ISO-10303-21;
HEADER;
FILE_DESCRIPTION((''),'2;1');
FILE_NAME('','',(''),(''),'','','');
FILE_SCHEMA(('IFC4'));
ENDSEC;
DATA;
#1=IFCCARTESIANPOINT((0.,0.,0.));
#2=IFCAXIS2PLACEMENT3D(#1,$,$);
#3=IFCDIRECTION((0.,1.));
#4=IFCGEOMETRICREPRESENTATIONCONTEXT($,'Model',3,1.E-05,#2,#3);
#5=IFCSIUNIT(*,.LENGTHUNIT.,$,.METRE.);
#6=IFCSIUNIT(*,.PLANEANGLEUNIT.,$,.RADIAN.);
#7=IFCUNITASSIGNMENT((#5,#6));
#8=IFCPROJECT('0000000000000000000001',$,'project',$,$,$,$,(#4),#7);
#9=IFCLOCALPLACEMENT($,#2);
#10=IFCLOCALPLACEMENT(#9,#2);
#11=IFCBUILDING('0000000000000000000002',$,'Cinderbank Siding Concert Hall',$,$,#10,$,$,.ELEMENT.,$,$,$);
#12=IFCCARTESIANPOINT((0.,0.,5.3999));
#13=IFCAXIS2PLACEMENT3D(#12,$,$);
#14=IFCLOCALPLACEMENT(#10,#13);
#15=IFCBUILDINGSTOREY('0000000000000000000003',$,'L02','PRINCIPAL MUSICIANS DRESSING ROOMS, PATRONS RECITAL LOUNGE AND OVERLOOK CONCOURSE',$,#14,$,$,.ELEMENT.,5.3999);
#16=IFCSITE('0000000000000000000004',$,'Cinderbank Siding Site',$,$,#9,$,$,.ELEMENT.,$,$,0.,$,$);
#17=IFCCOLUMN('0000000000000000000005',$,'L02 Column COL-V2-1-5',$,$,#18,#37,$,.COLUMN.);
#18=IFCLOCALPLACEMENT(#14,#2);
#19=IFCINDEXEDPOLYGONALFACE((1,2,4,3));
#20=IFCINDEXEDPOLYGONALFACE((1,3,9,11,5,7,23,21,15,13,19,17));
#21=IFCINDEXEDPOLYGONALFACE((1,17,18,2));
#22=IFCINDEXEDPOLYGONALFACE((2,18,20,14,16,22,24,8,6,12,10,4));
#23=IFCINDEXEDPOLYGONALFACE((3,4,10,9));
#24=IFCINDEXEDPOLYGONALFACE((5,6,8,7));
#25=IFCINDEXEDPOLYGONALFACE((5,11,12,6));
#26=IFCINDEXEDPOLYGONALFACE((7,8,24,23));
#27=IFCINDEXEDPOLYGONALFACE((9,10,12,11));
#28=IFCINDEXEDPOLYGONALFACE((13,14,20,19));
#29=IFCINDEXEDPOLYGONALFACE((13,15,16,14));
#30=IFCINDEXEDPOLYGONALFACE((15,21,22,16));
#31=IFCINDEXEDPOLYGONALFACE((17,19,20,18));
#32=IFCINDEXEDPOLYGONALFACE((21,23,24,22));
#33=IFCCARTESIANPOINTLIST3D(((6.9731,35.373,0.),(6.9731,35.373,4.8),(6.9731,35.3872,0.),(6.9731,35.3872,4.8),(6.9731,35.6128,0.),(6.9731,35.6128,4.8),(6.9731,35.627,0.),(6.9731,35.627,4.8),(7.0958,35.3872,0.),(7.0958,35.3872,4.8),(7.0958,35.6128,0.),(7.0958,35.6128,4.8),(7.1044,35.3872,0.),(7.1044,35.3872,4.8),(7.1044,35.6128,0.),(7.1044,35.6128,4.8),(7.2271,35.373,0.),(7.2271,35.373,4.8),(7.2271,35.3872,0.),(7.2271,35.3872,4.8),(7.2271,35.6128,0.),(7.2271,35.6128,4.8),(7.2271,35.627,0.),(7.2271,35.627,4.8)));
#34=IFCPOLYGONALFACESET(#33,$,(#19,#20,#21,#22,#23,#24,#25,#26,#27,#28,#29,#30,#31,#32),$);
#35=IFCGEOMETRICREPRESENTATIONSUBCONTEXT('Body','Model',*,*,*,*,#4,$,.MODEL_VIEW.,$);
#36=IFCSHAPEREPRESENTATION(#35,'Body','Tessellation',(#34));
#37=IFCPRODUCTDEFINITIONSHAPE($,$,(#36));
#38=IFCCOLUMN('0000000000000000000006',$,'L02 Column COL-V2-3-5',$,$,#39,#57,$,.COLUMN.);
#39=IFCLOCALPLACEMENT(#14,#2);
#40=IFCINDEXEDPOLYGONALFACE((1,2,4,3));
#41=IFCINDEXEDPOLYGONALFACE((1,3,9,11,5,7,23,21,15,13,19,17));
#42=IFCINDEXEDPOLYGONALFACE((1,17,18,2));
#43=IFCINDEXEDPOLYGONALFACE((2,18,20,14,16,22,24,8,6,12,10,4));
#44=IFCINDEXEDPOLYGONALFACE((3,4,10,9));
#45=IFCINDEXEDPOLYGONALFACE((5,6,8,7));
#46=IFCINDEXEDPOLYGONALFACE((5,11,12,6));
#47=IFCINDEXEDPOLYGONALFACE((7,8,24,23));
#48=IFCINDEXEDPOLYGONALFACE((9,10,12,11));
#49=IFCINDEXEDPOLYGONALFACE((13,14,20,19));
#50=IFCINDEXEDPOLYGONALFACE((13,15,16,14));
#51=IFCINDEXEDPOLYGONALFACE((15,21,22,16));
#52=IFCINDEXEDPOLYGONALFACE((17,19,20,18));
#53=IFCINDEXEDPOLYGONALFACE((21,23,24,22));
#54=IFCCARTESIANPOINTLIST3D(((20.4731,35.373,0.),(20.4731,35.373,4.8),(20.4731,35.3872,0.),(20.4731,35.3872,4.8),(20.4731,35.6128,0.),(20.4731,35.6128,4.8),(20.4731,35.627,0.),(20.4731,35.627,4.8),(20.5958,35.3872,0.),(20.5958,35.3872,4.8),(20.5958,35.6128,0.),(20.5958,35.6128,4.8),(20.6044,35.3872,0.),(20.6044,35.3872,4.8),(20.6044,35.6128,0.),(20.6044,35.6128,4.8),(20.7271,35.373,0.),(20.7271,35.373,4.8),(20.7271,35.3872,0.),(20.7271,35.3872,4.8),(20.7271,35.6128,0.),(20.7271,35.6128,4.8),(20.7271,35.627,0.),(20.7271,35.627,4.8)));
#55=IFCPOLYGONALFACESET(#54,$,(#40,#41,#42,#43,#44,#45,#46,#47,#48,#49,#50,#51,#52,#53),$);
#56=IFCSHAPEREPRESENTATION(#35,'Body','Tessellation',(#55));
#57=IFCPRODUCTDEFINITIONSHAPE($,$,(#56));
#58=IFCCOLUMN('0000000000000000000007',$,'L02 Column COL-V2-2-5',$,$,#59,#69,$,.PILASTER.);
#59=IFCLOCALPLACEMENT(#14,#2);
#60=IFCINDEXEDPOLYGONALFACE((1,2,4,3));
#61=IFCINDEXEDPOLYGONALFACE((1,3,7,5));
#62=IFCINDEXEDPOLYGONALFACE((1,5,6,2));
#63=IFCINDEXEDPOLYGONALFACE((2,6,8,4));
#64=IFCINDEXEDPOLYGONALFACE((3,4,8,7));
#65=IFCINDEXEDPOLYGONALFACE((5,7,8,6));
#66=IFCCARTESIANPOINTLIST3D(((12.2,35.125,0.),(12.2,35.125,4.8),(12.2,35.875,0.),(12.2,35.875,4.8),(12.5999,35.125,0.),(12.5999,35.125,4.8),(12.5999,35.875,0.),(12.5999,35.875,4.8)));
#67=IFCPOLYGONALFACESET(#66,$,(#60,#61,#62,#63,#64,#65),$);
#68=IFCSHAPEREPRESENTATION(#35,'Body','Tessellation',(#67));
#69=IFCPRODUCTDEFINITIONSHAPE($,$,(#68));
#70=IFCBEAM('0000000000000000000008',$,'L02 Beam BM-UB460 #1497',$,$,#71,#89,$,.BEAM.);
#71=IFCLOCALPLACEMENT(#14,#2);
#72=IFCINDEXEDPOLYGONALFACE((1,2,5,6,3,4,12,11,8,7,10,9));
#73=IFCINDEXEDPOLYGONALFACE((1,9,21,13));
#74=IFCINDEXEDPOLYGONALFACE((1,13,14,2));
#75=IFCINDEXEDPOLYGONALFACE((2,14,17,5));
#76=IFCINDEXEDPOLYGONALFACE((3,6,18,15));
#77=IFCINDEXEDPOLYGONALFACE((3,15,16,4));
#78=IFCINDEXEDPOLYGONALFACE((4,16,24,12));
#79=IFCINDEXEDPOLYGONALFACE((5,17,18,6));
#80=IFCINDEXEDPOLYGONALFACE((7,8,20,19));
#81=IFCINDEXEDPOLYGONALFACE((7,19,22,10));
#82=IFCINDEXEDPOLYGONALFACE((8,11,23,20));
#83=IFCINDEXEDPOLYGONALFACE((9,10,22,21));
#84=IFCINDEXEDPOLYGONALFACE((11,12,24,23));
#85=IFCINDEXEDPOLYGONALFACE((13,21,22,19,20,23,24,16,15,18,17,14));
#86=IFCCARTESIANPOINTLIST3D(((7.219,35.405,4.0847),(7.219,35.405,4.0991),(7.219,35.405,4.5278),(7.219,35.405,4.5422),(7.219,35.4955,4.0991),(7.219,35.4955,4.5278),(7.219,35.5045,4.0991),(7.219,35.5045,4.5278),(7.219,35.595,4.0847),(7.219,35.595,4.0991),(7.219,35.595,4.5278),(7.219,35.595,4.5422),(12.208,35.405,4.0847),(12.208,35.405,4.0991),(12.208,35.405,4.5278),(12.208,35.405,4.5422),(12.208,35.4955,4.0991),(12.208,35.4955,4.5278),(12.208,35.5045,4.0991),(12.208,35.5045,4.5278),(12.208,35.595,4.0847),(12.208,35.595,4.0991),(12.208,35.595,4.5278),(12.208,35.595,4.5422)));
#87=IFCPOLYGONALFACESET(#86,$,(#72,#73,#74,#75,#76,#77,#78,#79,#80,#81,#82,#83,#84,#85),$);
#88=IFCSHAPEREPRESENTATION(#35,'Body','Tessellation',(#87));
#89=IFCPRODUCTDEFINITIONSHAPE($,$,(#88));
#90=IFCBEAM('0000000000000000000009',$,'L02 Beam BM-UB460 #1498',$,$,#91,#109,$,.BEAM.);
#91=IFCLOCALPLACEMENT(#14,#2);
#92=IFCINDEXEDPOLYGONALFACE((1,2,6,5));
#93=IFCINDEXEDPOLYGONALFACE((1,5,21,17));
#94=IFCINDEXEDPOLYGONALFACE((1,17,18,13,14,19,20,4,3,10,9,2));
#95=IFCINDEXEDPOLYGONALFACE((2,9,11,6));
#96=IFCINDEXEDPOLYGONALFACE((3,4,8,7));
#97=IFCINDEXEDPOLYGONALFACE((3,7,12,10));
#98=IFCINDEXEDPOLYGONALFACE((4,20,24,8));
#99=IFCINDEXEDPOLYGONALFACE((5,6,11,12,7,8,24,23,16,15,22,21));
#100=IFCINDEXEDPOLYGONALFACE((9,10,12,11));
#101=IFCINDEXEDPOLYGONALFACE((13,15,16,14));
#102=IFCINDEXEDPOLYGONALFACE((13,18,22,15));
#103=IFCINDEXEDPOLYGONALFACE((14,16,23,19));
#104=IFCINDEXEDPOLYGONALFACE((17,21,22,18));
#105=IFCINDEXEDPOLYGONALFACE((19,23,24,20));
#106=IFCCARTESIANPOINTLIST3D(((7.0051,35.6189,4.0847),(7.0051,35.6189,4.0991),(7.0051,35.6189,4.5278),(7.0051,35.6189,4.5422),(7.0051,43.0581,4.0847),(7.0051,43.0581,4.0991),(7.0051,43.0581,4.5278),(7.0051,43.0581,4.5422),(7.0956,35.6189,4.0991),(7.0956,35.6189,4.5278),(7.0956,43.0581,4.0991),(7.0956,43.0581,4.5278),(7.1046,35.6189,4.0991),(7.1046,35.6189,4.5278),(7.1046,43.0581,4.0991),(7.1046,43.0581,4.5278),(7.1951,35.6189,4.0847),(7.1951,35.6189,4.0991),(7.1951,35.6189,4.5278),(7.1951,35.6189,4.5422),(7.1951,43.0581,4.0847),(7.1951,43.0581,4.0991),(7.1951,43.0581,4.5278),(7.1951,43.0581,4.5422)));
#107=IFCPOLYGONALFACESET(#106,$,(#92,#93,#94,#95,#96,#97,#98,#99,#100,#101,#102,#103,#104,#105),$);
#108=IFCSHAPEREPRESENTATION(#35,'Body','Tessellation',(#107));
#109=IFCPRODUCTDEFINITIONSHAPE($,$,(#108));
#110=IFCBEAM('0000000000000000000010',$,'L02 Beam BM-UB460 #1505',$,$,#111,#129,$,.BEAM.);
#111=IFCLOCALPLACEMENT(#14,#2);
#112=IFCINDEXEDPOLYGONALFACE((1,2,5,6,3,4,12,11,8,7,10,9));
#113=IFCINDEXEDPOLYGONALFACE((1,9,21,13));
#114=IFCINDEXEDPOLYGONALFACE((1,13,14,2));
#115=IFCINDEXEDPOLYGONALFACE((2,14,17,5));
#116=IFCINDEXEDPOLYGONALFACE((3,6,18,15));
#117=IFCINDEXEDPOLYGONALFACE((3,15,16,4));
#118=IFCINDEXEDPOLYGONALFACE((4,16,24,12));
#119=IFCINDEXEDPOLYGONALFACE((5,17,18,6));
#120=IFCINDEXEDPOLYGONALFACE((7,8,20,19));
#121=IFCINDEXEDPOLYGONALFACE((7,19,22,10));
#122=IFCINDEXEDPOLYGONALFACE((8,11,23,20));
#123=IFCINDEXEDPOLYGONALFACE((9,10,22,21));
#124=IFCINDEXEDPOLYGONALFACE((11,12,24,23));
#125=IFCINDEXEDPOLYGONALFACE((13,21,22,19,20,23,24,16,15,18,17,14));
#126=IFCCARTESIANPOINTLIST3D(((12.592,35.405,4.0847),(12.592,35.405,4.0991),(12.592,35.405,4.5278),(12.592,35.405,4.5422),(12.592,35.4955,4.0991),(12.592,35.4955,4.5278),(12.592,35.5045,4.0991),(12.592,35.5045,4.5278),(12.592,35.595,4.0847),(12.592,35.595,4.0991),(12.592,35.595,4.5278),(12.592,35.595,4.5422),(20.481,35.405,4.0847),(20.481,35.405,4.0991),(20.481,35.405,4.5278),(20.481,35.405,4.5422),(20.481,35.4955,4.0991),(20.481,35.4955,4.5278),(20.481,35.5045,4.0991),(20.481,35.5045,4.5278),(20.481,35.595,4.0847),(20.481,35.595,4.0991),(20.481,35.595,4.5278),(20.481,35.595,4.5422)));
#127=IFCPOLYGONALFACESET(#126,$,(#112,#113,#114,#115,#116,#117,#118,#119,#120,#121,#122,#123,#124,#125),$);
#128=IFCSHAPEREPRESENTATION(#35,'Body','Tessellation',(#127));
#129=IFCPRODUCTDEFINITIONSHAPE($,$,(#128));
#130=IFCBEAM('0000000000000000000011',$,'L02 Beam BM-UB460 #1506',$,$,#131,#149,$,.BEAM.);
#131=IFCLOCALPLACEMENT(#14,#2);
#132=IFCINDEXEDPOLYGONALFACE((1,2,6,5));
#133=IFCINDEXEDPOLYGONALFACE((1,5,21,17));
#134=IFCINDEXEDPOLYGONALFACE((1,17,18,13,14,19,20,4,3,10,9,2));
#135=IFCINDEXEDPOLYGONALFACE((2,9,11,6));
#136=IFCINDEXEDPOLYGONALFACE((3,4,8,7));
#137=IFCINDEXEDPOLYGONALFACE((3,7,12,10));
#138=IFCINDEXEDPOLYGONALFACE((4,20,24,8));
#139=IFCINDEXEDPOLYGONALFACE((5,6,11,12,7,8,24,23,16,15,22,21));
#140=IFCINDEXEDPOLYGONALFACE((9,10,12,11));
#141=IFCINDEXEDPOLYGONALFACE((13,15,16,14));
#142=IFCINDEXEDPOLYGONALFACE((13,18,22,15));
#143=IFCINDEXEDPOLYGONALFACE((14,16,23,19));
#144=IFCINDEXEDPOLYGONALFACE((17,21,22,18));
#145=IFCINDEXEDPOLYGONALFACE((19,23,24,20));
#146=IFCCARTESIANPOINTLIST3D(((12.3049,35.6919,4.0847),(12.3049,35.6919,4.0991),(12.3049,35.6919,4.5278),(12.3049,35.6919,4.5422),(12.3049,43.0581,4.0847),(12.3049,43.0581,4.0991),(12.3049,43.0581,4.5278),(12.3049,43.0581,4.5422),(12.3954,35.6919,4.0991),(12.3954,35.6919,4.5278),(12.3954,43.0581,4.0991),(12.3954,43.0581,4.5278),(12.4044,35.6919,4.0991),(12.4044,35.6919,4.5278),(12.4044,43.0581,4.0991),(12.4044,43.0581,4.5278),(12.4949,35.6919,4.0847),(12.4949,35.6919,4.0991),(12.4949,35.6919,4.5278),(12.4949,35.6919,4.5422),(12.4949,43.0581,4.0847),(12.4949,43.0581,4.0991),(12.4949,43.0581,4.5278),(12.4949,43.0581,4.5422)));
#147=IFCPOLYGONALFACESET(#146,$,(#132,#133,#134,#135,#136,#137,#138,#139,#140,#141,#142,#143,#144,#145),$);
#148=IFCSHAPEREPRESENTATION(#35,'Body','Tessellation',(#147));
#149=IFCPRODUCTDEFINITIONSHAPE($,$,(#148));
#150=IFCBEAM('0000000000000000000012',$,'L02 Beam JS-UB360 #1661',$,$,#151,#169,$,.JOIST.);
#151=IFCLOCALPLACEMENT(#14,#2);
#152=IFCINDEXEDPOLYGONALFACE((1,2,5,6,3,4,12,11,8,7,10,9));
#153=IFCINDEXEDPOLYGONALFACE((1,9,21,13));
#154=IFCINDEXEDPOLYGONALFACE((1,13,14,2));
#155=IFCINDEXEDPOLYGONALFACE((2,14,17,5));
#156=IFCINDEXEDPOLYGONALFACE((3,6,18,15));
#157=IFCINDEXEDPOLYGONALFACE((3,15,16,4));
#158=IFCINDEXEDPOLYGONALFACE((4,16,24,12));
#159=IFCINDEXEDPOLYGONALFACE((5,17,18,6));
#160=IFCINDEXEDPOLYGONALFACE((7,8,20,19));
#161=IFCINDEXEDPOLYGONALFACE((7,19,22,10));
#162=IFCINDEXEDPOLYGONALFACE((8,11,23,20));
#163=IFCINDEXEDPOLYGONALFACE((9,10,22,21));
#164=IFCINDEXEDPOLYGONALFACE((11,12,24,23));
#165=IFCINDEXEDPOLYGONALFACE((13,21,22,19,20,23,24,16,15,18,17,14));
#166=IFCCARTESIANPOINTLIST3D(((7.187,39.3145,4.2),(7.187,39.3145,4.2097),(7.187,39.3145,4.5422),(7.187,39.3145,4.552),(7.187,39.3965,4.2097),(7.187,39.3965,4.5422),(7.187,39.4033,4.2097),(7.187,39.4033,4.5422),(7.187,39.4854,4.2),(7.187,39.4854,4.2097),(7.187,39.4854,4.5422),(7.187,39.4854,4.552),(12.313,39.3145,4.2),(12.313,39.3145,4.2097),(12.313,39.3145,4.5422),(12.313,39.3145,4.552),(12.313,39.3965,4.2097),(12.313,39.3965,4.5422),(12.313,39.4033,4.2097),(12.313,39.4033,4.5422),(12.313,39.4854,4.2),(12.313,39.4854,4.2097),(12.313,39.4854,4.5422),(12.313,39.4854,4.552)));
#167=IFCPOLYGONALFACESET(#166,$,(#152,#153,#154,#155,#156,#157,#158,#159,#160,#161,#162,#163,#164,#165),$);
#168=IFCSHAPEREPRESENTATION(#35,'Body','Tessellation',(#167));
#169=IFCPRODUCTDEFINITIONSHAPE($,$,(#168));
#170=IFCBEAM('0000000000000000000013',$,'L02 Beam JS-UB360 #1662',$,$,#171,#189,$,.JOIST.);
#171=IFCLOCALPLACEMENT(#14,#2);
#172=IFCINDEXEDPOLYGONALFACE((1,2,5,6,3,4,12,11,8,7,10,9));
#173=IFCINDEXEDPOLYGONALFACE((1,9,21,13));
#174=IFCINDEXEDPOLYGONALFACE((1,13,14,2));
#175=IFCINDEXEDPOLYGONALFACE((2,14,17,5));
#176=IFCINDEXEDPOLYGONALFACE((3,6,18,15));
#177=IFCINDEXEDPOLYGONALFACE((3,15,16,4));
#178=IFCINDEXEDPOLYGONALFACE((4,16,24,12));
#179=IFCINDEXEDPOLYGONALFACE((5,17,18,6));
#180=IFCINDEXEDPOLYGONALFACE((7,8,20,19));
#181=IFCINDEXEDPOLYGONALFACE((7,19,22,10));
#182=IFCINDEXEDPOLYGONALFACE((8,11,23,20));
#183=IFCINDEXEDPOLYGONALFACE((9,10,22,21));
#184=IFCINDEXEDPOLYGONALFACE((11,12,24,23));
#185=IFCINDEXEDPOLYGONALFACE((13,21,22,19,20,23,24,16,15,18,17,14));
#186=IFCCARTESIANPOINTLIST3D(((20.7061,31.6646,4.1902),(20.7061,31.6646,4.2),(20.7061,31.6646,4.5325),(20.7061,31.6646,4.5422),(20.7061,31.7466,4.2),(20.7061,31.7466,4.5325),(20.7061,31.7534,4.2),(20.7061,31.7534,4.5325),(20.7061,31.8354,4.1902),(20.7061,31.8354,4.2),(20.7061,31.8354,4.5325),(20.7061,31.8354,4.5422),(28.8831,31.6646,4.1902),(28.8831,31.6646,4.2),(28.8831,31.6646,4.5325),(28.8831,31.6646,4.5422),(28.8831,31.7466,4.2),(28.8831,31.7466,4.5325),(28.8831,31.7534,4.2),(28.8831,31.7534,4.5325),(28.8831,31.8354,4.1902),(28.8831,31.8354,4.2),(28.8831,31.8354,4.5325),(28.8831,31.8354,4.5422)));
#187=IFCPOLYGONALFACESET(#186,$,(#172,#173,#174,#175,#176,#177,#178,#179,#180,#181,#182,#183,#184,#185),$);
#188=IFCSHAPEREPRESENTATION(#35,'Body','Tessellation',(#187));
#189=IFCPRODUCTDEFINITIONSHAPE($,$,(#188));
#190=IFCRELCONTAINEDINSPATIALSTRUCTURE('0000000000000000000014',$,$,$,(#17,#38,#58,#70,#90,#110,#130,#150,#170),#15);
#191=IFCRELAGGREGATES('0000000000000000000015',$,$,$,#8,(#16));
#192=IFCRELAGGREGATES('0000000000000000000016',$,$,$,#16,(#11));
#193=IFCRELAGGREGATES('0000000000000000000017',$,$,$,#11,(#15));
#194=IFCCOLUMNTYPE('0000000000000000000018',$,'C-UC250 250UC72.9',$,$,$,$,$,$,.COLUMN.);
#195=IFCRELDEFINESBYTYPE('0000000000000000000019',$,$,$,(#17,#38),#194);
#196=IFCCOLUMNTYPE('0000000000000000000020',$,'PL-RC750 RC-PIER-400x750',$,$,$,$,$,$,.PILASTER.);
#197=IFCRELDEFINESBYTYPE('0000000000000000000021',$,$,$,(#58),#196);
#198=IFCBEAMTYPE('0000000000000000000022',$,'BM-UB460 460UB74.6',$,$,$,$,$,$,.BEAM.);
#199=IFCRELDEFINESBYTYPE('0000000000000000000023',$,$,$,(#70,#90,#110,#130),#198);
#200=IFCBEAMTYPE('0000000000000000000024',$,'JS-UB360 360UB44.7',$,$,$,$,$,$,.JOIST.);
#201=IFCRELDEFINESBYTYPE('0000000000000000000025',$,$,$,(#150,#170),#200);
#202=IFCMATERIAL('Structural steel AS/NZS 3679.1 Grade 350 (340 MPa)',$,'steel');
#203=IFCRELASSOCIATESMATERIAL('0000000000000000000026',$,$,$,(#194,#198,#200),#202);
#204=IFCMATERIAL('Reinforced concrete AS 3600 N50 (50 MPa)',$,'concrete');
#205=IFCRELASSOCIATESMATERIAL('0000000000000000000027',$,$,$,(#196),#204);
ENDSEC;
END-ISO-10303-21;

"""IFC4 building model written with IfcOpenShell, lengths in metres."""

from ifc_helpers import new_model, si_unit, direction, frame, origin, origin_2d, place, context, subcontext, project, spatial, rectangle, i_section, extrude, material, material_profile, profile_set, type_object, element, save


model = new_model("IFC4")

# Units and contexts
model_context = context("Model", 3, precision=1e-05, world=origin(), true_north=direction((0.0, 1.0)))
body_context = subcontext(model_context, "Body", "Model", "MODEL_VIEW")
ifc_project = project(units=[si_unit("LENGTHUNIT", "METRE"), si_unit("PLANEANGLEUNIT", "RADIAN")], contexts=[model_context])

# Site, building, storey
site_placement = place(None, origin())
site = spatial("IfcSite", under=ifc_project, at=site_placement, Name="Cinderbank Siding Site", CompositionType="ELEMENT", RefElevation=0.0)
building_placement = place(site_placement, origin())
building = spatial("IfcBuilding", under=site, at=building_placement, Name="Cinderbank Siding Concert Hall", CompositionType="ELEMENT")
storey_placement = place(building_placement, frame((0.0, 0.0, 5.3999)))
storey = spatial("IfcBuildingStorey", under=building, at=storey_placement, Name="L02", Description="PRINCIPAL MUSICIANS DRESSING ROOMS, PATRONS RECITAL LOUNGE AND OVERLOOK CONCOURSE", CompositionType="ELEMENT", Elevation=5.3999)

# Columns
ifc_material_1 = material(Name="Structural steel AS/NZS 3679.1 Grade 350 (340 MPa)", Category="steel")
ifc_material_profile_1 = material_profile(ifc_material_1, i_section(OverallWidth=0.2539, OverallDepth=0.2539, WebThickness=0.0085, FlangeThickness=0.0142, at=origin_2d()), Name="250UC72.9", Category="LoadBearing")
ifc_profile_set_1 = profile_set([ifc_material_profile_1], Name="Structural steel AS/NZS 3679.1 Grade 350 (340 MPa)")
column_type_1 = type_object("IfcColumnType", Name="C-UC250 250UC72.9", PredefinedType="COLUMN", material=ifc_profile_set_1)
for number, where, z_axis, x_axis, name in (
    (1, (7.1001, 35.5, 0.0), (0.0, 0.0, 1.0), (1.0, 0.0, 0.0), "L02 Column COL-V2-1-5"),
    (2, (20.6001, 35.5, 0.0), (0.0, 0.0, 1.0), (1.0, 0.0, 0.0), "L02 Column COL-V2-3-5"),
):
    element("IfcColumn", number, at=place(storey_placement, frame(where, z_axis=z_axis, x_axis=x_axis)), inside=storey, type_object=column_type_1, Name=name, PredefinedType="COLUMN", context=body_context, shape_type="SweptSolid", body=[
        extrude(i_section(OverallWidth=0.2539, OverallDepth=0.2539, WebThickness=0.0085, FlangeThickness=0.0142, at=origin_2d()), origin(), (0.0, 0.0, 1.0), 4.8),
    ])
ifc_material_2 = material(Name="Reinforced concrete AS 3600 N50 (50 MPa)", Category="concrete")
ifc_material_profile_2 = material_profile(ifc_material_2, rectangle(XDim=0.3999, YDim=0.75, at=origin_2d()), Name="RC-PIER-400x750", Category="LoadBearing")
ifc_profile_set_2 = profile_set([ifc_material_profile_2], Name="Reinforced concrete AS 3600 N50 (50 MPa)")
column_type_2 = type_object("IfcColumnType", Name="PL-RC750 RC-PIER-400x750", PredefinedType="PILASTER", material=ifc_profile_set_2)
column_placement = place(storey_placement, frame((12.3999, 35.5, 0.0), z_axis=(0.0, 0.0, 1.0), x_axis=(1.0, 0.0, 0.0)))
element("IfcColumn", 3, at=column_placement, inside=storey, type_object=column_type_2, Name="L02 Column COL-V2-2-5", PredefinedType="PILASTER", context=body_context, shape_type="SweptSolid", body=[
    extrude(rectangle(XDim=0.3999, YDim=0.75, at=origin_2d()), origin(), (0.0, 0.0, 1.0), 4.8),
])

# Beams
ifc_material_profile_3 = material_profile(ifc_material_1, i_section(OverallWidth=0.1899, OverallDepth=0.4575, WebThickness=0.009, FlangeThickness=0.0144, at=origin_2d()), Name="460UB74.6", Category="LoadBearing")
ifc_profile_set_3 = profile_set([ifc_material_profile_3], Name="Structural steel AS/NZS 3679.1 Grade 350 (340 MPa)")
beam_type_1 = type_object("IfcBeamType", Name="BM-UB460 460UB74.6", PredefinedType="BEAM", material=ifc_profile_set_3)
beam_1_placement = place(storey_placement, frame((7.219, 35.5, 4.3135), z_axis=(1.0, 0.0, 0.0), x_axis=(0.0, 1.0, 0.0)))
element("IfcBeam", 4, at=beam_1_placement, inside=storey, type_object=beam_type_1, Name="L02 Beam BM-UB460 #1497", PredefinedType="BEAM", context=body_context, shape_type="SweptSolid", body=[
    extrude(i_section(OverallWidth=0.1899, OverallDepth=0.4575, WebThickness=0.009, FlangeThickness=0.0144, at=origin_2d()), origin(), (0.0, 0.0, 1.0), 4.989),
])
beam_2_placement = place(storey_placement, frame((7.1001, 35.6189, 4.3135), z_axis=(0.0, 1.0, 0.0), x_axis=(-1.0, 0.0, 0.0)))
element("IfcBeam", 5, at=beam_2_placement, inside=storey, type_object=beam_type_1, Name="L02 Beam BM-UB460 #1498", PredefinedType="BEAM", context=body_context, shape_type="SweptSolid", body=[
    extrude(i_section(OverallWidth=0.1899, OverallDepth=0.4575, WebThickness=0.009, FlangeThickness=0.0144, at=origin_2d()), origin(), (0.0, 0.0, 1.0), 7.4392),
])
beam_3_placement = place(storey_placement, frame((12.592, 35.5, 4.3135), z_axis=(1.0, 0.0, 0.0), x_axis=(0.0, 1.0, 0.0)))
element("IfcBeam", 6, at=beam_3_placement, inside=storey, type_object=beam_type_1, Name="L02 Beam BM-UB460 #1505", PredefinedType="BEAM", context=body_context, shape_type="SweptSolid", body=[
    extrude(i_section(OverallWidth=0.1899, OverallDepth=0.4575, WebThickness=0.009, FlangeThickness=0.0144, at=origin_2d()), origin(), (0.0, 0.0, 1.0), 7.8889),
])
beam_4_placement = place(storey_placement, frame((12.3999, 35.6919, 4.3135), z_axis=(0.0, 1.0, 0.0), x_axis=(-1.0, 0.0, 0.0)))
element("IfcBeam", 7, at=beam_4_placement, inside=storey, type_object=beam_type_1, Name="L02 Beam BM-UB460 #1506", PredefinedType="BEAM", context=body_context, shape_type="SweptSolid", body=[
    extrude(i_section(OverallWidth=0.1899, OverallDepth=0.4575, WebThickness=0.009, FlangeThickness=0.0144, at=origin_2d()), origin(), (0.0, 0.0, 1.0), 7.3662),
])
ifc_material_profile_4 = material_profile(ifc_material_1, i_section(OverallWidth=0.1709, OverallDepth=0.3521, WebThickness=0.0068, FlangeThickness=0.0098, at=origin_2d()), Name="360UB44.7", Category="LoadBearing")
ifc_profile_set_4 = profile_set([ifc_material_profile_4], Name="Structural steel AS/NZS 3679.1 Grade 350 (340 MPa)")
beam_type_2 = type_object("IfcBeamType", Name="JS-UB360 360UB44.7", PredefinedType="JOIST", material=ifc_profile_set_4)
beam_5_placement = place(storey_placement, frame((7.187, 39.3999, 4.376), z_axis=(1.0, 0.0, 0.0), x_axis=(0.0, 1.0, 0.0)))
element("IfcBeam", 8, at=beam_5_placement, inside=storey, type_object=beam_type_2, Name="L02 Beam JS-UB360 #1661", PredefinedType="JOIST", context=body_context, shape_type="SweptSolid", body=[
    extrude(i_section(OverallWidth=0.1709, OverallDepth=0.3521, WebThickness=0.0068, FlangeThickness=0.0098, at=origin_2d()), origin(), (0.0, 0.0, 1.0), 5.126),
])
beam_6_placement = place(storey_placement, frame((20.7061, 31.75, 4.3662), z_axis=(1.0, 0.0, 0.0), x_axis=(0.0, 1.0, 0.0)))
element("IfcBeam", 9, at=beam_6_placement, inside=storey, type_object=beam_type_2, Name="L02 Beam JS-UB360 #1662", PredefinedType="JOIST", context=body_context, shape_type="SweptSolid", body=[
    extrude(i_section(OverallWidth=0.1709, OverallDepth=0.3521, WebThickness=0.0068, FlangeThickness=0.0098, at=origin_2d()), origin(), (0.0, 0.0, 1.0), 8.177),
])

save(model, "model.ifc")
